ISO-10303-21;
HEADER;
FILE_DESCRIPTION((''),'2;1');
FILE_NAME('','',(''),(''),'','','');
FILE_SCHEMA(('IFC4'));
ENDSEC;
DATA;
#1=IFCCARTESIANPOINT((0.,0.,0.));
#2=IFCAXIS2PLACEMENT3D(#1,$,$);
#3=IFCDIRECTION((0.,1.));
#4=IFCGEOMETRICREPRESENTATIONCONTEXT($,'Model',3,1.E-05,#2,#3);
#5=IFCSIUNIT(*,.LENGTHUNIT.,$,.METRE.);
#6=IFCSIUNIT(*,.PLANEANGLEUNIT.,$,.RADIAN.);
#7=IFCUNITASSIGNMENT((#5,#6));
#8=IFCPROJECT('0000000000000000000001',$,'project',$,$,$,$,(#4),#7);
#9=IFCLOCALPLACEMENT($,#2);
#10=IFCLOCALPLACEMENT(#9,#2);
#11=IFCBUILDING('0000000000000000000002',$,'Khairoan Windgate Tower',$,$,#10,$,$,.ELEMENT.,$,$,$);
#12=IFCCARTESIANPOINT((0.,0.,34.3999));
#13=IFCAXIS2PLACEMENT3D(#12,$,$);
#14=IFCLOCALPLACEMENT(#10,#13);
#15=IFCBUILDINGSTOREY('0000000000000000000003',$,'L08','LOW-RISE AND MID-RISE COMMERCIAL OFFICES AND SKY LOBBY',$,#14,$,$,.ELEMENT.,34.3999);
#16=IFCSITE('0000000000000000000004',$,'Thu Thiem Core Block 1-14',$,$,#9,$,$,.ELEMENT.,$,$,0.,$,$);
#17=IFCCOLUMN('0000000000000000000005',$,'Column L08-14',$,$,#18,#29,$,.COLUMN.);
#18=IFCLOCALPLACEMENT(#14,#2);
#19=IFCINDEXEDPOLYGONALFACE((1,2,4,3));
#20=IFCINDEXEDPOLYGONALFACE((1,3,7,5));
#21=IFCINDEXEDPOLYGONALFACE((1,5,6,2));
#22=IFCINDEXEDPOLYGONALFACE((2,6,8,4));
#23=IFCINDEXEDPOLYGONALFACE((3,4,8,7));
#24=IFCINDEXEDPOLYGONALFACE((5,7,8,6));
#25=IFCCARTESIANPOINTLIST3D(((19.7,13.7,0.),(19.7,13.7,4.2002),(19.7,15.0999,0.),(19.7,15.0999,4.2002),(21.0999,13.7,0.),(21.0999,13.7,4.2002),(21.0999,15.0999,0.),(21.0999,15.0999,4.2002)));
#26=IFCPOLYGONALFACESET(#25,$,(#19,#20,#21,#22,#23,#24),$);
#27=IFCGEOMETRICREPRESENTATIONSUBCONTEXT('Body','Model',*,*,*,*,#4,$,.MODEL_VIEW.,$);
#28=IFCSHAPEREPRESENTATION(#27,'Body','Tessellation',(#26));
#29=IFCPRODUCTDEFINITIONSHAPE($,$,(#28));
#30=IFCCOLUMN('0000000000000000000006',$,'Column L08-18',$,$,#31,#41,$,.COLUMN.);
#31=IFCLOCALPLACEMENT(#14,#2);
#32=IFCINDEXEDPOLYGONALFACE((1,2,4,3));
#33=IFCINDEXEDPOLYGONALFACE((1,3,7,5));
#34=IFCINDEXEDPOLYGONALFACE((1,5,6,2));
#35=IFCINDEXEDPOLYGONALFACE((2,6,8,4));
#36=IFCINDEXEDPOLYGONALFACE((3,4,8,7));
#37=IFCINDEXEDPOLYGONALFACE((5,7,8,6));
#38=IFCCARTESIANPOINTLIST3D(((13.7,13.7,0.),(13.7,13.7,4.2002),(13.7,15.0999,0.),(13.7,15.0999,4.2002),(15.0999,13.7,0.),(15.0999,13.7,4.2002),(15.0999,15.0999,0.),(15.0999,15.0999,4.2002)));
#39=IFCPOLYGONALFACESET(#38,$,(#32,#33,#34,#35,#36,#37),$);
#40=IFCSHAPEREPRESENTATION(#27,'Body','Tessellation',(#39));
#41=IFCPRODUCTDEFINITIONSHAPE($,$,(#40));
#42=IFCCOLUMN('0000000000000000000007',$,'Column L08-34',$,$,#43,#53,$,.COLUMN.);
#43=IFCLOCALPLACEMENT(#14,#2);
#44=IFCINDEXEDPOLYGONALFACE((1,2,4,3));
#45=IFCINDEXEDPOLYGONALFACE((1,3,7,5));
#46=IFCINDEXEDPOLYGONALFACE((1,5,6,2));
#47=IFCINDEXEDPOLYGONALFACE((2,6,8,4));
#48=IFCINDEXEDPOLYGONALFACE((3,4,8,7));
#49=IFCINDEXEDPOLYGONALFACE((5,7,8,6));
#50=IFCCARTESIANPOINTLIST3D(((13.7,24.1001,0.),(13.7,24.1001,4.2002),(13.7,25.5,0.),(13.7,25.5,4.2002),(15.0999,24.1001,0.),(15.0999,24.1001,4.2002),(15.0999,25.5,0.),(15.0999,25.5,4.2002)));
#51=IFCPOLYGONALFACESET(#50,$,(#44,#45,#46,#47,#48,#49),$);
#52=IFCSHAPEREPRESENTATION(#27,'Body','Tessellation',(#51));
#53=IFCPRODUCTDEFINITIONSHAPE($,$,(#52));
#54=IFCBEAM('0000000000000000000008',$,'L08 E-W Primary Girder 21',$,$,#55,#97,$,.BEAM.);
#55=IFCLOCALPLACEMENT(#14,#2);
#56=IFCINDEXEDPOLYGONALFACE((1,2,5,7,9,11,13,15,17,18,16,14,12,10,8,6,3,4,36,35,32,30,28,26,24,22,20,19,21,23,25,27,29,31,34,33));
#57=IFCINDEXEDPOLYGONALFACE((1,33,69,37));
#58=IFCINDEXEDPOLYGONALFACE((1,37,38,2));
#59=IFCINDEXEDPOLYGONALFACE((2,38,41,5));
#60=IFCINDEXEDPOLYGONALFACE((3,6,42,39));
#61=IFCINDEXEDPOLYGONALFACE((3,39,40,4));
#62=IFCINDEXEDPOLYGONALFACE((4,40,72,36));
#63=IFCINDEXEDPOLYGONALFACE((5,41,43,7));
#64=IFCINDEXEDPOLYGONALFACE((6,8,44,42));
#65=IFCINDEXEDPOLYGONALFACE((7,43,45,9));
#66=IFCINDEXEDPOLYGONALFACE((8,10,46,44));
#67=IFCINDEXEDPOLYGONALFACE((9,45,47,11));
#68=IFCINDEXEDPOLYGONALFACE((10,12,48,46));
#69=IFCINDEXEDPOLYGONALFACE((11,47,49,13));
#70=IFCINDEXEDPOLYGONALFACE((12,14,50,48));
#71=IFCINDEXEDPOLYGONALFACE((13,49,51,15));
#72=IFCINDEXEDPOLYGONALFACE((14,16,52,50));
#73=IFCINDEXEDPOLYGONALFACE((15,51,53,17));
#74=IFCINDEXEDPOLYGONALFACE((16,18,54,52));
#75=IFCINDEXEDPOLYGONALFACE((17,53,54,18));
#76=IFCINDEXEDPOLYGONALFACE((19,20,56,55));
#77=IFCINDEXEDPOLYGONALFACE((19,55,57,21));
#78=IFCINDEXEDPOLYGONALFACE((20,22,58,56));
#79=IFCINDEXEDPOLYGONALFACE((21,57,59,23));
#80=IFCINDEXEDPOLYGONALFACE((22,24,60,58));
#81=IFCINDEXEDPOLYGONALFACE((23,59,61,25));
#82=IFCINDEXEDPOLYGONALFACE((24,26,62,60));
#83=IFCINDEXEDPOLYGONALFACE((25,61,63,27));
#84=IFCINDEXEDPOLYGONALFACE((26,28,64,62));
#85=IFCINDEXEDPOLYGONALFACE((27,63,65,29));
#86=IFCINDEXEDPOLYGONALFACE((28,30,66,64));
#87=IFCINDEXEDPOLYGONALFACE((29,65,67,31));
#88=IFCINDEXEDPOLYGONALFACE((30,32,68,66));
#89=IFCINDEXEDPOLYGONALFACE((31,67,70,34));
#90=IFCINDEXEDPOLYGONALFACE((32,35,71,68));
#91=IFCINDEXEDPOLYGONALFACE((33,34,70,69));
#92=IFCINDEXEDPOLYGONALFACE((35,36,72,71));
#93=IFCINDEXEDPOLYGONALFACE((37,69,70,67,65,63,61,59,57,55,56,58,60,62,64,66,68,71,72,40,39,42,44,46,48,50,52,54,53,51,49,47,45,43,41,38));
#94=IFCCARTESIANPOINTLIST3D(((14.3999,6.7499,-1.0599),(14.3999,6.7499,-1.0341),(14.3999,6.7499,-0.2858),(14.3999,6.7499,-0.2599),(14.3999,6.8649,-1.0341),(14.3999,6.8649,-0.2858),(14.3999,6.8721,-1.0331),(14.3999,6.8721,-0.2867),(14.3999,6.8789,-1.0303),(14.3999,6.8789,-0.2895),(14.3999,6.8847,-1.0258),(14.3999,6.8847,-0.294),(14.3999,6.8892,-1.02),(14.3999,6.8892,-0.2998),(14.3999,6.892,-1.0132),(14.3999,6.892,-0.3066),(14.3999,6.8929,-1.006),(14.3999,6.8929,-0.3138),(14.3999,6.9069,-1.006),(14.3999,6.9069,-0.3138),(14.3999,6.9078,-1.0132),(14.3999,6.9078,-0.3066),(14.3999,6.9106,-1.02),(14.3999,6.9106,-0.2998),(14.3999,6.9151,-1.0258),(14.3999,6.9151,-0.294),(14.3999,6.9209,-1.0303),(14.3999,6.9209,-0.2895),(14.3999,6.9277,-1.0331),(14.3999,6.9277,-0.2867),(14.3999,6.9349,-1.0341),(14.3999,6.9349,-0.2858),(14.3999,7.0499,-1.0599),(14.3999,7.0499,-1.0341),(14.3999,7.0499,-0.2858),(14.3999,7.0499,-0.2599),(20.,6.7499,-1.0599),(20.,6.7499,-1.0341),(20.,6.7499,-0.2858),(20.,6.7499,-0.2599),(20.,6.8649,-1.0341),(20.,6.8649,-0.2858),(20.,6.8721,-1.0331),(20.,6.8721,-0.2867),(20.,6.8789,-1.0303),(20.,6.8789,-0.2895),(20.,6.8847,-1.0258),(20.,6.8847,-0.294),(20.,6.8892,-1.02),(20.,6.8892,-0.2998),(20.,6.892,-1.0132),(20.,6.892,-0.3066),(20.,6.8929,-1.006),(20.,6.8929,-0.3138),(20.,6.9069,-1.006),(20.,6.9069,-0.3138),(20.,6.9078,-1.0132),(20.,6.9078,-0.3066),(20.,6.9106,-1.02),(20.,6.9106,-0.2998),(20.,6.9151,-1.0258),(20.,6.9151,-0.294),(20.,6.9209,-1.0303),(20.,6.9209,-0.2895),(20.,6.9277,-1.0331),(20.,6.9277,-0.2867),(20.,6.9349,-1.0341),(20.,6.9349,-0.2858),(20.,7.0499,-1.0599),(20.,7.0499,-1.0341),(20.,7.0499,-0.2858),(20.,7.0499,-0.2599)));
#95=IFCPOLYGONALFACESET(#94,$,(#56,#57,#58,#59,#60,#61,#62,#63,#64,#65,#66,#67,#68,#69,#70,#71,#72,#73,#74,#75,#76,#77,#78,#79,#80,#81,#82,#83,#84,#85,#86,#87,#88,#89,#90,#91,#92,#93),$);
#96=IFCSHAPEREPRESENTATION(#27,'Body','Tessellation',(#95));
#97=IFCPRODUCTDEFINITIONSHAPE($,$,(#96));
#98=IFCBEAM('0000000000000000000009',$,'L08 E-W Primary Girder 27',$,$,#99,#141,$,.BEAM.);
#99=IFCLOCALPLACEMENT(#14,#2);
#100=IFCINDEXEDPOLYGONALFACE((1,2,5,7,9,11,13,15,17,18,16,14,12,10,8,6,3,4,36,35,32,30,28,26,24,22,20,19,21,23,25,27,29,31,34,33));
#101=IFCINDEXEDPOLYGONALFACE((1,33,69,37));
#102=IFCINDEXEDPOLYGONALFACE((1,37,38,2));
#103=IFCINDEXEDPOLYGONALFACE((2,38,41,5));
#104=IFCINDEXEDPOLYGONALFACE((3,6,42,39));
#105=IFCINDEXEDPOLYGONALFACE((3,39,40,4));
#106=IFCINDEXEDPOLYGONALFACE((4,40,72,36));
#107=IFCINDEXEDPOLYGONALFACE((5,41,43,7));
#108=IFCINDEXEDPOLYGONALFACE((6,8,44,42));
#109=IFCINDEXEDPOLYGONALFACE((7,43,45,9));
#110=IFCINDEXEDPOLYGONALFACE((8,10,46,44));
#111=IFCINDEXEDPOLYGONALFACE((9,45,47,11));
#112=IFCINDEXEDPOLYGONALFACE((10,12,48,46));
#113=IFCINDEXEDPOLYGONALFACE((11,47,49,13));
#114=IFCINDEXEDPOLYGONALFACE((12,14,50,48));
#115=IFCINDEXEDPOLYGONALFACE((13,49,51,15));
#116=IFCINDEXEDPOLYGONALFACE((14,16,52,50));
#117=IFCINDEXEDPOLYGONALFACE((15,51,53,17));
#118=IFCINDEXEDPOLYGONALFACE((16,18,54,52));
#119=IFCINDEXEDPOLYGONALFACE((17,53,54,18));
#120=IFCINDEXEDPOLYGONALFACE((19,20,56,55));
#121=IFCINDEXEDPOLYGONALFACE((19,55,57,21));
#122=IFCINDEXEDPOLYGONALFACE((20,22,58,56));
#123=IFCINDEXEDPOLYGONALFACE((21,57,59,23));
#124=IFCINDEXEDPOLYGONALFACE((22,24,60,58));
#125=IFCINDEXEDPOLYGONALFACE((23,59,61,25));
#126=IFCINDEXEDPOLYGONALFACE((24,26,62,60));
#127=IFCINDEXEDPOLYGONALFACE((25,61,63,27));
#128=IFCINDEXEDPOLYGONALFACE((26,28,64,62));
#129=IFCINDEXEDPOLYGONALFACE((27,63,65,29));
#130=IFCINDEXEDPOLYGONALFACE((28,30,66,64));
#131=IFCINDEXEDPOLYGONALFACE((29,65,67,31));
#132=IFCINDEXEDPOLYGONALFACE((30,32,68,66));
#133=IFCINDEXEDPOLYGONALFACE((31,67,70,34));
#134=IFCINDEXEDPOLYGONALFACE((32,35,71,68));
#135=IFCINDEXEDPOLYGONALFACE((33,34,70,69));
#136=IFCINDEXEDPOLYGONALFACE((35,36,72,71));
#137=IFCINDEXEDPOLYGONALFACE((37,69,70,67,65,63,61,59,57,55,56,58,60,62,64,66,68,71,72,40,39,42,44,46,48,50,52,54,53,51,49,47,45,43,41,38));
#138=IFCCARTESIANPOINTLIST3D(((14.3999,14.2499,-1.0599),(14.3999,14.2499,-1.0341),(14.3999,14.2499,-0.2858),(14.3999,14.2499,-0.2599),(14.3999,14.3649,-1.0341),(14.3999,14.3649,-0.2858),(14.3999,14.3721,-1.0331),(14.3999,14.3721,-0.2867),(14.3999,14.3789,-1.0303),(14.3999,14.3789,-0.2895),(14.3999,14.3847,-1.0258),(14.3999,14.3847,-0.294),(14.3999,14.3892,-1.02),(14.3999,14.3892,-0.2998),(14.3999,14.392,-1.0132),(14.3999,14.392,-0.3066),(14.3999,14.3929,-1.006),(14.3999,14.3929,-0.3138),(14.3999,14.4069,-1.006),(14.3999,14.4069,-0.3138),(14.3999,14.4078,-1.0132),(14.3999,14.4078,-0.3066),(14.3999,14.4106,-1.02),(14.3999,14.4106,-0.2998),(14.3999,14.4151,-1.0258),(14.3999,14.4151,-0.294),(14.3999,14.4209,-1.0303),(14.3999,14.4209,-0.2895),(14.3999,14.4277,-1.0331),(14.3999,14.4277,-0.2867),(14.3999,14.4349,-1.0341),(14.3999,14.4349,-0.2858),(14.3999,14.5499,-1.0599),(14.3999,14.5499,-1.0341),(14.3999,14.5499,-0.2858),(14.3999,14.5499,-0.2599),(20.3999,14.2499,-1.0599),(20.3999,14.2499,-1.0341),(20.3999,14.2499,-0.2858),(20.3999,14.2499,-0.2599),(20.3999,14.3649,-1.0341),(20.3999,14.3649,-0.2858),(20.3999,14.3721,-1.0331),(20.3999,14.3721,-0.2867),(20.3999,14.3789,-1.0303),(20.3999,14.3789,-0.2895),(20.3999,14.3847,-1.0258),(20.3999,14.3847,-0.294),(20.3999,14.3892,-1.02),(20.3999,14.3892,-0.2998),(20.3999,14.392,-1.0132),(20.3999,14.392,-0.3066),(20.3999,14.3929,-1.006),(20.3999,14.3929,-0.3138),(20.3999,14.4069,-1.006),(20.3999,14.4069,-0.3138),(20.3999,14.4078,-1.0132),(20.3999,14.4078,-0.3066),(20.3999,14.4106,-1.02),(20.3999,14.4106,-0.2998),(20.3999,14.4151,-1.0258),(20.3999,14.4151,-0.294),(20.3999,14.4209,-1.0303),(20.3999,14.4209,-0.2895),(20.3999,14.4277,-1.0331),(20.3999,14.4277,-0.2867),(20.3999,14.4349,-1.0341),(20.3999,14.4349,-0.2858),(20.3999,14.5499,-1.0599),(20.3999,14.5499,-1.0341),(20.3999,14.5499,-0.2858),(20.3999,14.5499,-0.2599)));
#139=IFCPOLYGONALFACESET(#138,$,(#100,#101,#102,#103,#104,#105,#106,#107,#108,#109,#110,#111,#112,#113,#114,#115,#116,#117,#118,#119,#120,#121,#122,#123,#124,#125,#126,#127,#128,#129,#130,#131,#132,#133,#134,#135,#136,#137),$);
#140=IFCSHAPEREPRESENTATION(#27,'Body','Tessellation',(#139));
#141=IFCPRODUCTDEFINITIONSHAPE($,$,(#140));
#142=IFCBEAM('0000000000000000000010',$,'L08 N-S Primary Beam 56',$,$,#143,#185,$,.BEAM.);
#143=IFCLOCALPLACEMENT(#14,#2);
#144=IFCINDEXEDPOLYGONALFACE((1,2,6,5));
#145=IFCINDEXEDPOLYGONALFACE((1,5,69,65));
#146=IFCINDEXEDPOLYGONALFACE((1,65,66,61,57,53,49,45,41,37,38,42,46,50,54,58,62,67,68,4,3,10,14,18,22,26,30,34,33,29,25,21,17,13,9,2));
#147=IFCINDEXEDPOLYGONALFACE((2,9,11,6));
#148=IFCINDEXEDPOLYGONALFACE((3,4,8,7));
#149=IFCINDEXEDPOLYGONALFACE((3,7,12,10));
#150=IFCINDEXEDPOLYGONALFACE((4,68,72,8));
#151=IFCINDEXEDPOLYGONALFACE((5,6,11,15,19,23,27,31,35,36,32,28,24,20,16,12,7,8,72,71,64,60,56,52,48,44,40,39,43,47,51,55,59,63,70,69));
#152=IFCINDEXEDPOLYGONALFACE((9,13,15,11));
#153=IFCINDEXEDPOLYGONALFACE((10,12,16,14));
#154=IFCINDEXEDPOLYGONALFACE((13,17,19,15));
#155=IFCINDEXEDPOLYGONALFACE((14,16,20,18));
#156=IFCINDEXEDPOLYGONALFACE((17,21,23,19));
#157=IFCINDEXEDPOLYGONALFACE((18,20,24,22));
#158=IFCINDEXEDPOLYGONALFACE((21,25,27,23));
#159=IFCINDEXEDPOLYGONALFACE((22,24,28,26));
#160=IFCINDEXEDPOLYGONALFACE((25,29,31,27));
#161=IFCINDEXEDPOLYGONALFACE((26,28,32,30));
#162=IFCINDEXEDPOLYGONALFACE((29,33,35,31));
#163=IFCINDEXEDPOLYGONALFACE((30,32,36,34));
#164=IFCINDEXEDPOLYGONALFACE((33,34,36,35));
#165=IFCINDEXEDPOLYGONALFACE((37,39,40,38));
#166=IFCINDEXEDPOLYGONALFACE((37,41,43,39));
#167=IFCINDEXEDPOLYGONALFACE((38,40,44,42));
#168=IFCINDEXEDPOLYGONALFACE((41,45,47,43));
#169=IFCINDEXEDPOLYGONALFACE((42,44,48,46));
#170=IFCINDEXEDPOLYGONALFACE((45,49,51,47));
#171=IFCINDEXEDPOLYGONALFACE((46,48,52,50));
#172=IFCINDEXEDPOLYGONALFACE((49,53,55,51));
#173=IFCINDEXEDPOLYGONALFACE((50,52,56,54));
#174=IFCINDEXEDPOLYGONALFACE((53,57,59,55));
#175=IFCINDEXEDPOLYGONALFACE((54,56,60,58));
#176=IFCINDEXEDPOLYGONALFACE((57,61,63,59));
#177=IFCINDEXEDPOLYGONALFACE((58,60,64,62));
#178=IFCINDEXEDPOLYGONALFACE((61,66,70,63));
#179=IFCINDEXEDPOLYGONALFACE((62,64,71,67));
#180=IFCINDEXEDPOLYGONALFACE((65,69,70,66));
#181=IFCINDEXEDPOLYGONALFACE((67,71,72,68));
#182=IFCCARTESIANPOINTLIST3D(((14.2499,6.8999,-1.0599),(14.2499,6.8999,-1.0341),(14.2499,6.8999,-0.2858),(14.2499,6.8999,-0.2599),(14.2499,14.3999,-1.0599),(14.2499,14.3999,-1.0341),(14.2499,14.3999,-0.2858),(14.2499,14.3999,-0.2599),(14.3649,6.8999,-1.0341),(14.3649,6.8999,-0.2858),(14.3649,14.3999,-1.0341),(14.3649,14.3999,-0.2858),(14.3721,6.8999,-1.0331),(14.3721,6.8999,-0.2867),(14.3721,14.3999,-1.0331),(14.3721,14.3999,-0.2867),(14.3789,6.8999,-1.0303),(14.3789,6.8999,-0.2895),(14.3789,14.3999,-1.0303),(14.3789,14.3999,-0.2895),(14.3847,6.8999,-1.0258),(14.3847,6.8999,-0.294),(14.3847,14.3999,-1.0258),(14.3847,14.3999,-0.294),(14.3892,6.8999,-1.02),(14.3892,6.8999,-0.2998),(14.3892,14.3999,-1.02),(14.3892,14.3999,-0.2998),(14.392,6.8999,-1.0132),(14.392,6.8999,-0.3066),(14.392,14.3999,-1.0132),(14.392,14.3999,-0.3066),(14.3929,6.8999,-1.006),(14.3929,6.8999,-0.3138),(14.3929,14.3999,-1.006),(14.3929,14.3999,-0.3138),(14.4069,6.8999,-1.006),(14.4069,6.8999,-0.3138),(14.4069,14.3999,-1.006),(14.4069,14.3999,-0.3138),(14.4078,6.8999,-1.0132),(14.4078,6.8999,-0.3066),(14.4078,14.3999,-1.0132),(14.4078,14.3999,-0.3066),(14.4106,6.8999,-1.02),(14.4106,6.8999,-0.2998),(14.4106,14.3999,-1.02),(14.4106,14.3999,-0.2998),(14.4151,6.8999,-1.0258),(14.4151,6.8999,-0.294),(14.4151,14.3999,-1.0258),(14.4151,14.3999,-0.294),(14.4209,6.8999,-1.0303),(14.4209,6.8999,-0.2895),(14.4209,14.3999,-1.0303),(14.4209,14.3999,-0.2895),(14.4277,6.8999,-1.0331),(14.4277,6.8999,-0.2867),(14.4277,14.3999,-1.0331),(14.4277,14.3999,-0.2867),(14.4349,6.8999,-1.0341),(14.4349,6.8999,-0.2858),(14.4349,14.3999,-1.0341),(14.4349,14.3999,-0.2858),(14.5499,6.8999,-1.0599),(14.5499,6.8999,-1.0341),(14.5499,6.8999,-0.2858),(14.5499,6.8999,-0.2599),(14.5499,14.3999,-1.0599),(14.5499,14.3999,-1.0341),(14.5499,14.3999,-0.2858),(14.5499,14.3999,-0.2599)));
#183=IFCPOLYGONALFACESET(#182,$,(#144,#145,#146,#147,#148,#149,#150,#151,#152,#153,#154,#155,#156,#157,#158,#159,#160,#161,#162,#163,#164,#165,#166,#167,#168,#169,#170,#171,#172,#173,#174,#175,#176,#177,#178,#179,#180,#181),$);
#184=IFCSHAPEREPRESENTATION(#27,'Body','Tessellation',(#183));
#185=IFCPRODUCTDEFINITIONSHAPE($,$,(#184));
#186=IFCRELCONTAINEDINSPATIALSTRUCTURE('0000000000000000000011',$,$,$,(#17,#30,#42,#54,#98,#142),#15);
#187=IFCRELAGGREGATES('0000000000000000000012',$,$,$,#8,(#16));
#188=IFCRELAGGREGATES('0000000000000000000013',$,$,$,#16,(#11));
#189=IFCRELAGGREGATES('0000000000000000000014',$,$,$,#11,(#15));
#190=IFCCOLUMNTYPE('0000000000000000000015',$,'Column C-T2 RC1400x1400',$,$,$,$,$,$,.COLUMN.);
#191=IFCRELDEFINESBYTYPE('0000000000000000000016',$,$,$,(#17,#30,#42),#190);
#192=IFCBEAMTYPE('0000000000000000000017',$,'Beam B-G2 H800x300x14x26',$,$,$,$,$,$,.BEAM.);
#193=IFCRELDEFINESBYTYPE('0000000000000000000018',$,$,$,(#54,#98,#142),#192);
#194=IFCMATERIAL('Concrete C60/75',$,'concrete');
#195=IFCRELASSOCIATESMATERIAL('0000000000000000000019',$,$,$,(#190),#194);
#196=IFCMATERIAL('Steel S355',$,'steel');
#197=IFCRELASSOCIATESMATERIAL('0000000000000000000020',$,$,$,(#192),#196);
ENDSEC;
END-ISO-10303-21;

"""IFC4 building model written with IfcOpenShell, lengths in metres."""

from ifc_helpers import new_model, si_unit, direction, frame, origin, origin_2d, place, context, subcontext, project, spatial, rectangle, i_section, extrude, material, material_profile, profile_set, type_object, element, save


model = new_model("IFC4")

# Units and contexts
model_context = context("Model", 3, precision=1e-05, world=origin(), true_north=direction((0.0, 1.0)))
body_context = subcontext(model_context, "Body", "Model", "MODEL_VIEW")
ifc_project = project(units=[si_unit("LENGTHUNIT", "METRE"), si_unit("PLANEANGLEUNIT", "RADIAN")], contexts=[model_context])

# Site, building, storey
site_placement = place(None, origin())
site = spatial("IfcSite", under=ifc_project, at=site_placement, Name="Thu Thiem Core Block 1-14", CompositionType="ELEMENT", RefElevation=0.0)
building_placement = place(site_placement, origin())
building = spatial("IfcBuilding", under=site, at=building_placement, Name="Khairoan Windgate Tower", CompositionType="ELEMENT")
storey_placement = place(building_placement, frame((0.0, 0.0, 34.3999)))
storey = spatial("IfcBuildingStorey", under=building, at=storey_placement, Name="L08", Description="LOW-RISE AND MID-RISE COMMERCIAL OFFICES AND SKY LOBBY", CompositionType="ELEMENT", Elevation=34.3999)

# Columns
ifc_material_1 = material(Name="Concrete C60/75", Category="concrete")
ifc_material_profile_1 = material_profile(ifc_material_1, rectangle(XDim=1.3999, YDim=1.3999, at=origin_2d()))
ifc_profile_set_1 = profile_set([ifc_material_profile_1], Name="Concrete C60/75")
column_type = type_object("IfcColumnType", Name="Column C-T2 RC1400x1400", PredefinedType="COLUMN", material=ifc_profile_set_1)
for number, where, z_axis, x_axis, name in (
    (1, (20.3999, 14.3999, 0.0), (0.0, 0.0, 1.0), (1.0, 0.0, 0.0), "Column L08-14"),
    (2, (14.3999, 14.3999, 0.0), (0.0, 0.0, 1.0), (1.0, 0.0, 0.0), "Column L08-18"),
    (3, (14.3999, 24.8, 0.0), (0.0, 0.0, 1.0), (1.0, 0.0, 0.0), "Column L08-34"),
):
    element("IfcColumn", number, at=place(storey_placement, frame(where, z_axis=z_axis, x_axis=x_axis)), inside=storey, type_object=column_type, Name=name, PredefinedType="COLUMN", context=body_context, shape_type="SweptSolid", body=[
        extrude(rectangle(XDim=1.3999, YDim=1.3999, at=origin_2d()), origin(), (0.0, 0.0, 1.0), 4.2002),
    ])

# Beams
ifc_material_2 = material(Name="Steel S355", Category="steel")
ifc_material_profile_2 = material_profile(ifc_material_2, i_section(OverallWidth=0.3, OverallDepth=0.8, WebThickness=0.0139, FlangeThickness=0.0259, FilletRadius=0.0281, at=origin_2d()))
ifc_profile_set_2 = profile_set([ifc_material_profile_2], Name="Steel S355")
beam_type_1 = type_object("IfcBeamType", Name="Beam B-G2 H800x300x14x26", PredefinedType="BEAM", material=ifc_profile_set_2)
beam_1_placement = place(storey_placement, frame((14.3999, 6.8999, -0.6599), z_axis=(1.0, 0.0, 0.0), x_axis=(0.0, 1.0, 0.0)))
element("IfcBeam", 4, at=beam_1_placement, inside=storey, type_object=beam_type_1, Name="L08 E-W Primary Girder 21", PredefinedType="BEAM", context=body_context, shape_type="SweptSolid", body=[
    extrude(i_section(OverallWidth=0.3, OverallDepth=0.8, WebThickness=0.0139, FlangeThickness=0.0259, FilletRadius=0.0281, at=origin_2d()), origin(), (0.0, 0.0, 1.0), 5.6001),
])
beam_2_placement = place(storey_placement, frame((14.3999, 14.3999, -0.6599), z_axis=(1.0, 0.0, 0.0), x_axis=(0.0, 1.0, 0.0)))
element("IfcBeam", 5, at=beam_2_placement, inside=storey, type_object=beam_type_1, Name="L08 E-W Primary Girder 27", PredefinedType="BEAM", context=body_context, shape_type="SweptSolid", body=[
    extrude(i_section(OverallWidth=0.3, OverallDepth=0.8, WebThickness=0.0139, FlangeThickness=0.0259, FilletRadius=0.0281, at=origin_2d()), origin(), (0.0, 0.0, 1.0), 6.0),
])
beam_3_placement = place(storey_placement, frame((14.3999, 6.8999, -0.6599), z_axis=(0.0, 1.0, 0.0), x_axis=(-1.0, 0.0, 0.0)))
element("IfcBeam", 6, at=beam_3_placement, inside=storey, type_object=beam_type_1, Name="L08 N-S Primary Beam 56", PredefinedType="BEAM", context=body_context, shape_type="SweptSolid", body=[
    extrude(i_section(OverallWidth=0.3, OverallDepth=0.8, WebThickness=0.0139, FlangeThickness=0.0259, FilletRadius=0.0281, at=origin_2d()), origin(), (0.0, 0.0, 1.0), 7.5),
])

save(model, "model.ifc")
